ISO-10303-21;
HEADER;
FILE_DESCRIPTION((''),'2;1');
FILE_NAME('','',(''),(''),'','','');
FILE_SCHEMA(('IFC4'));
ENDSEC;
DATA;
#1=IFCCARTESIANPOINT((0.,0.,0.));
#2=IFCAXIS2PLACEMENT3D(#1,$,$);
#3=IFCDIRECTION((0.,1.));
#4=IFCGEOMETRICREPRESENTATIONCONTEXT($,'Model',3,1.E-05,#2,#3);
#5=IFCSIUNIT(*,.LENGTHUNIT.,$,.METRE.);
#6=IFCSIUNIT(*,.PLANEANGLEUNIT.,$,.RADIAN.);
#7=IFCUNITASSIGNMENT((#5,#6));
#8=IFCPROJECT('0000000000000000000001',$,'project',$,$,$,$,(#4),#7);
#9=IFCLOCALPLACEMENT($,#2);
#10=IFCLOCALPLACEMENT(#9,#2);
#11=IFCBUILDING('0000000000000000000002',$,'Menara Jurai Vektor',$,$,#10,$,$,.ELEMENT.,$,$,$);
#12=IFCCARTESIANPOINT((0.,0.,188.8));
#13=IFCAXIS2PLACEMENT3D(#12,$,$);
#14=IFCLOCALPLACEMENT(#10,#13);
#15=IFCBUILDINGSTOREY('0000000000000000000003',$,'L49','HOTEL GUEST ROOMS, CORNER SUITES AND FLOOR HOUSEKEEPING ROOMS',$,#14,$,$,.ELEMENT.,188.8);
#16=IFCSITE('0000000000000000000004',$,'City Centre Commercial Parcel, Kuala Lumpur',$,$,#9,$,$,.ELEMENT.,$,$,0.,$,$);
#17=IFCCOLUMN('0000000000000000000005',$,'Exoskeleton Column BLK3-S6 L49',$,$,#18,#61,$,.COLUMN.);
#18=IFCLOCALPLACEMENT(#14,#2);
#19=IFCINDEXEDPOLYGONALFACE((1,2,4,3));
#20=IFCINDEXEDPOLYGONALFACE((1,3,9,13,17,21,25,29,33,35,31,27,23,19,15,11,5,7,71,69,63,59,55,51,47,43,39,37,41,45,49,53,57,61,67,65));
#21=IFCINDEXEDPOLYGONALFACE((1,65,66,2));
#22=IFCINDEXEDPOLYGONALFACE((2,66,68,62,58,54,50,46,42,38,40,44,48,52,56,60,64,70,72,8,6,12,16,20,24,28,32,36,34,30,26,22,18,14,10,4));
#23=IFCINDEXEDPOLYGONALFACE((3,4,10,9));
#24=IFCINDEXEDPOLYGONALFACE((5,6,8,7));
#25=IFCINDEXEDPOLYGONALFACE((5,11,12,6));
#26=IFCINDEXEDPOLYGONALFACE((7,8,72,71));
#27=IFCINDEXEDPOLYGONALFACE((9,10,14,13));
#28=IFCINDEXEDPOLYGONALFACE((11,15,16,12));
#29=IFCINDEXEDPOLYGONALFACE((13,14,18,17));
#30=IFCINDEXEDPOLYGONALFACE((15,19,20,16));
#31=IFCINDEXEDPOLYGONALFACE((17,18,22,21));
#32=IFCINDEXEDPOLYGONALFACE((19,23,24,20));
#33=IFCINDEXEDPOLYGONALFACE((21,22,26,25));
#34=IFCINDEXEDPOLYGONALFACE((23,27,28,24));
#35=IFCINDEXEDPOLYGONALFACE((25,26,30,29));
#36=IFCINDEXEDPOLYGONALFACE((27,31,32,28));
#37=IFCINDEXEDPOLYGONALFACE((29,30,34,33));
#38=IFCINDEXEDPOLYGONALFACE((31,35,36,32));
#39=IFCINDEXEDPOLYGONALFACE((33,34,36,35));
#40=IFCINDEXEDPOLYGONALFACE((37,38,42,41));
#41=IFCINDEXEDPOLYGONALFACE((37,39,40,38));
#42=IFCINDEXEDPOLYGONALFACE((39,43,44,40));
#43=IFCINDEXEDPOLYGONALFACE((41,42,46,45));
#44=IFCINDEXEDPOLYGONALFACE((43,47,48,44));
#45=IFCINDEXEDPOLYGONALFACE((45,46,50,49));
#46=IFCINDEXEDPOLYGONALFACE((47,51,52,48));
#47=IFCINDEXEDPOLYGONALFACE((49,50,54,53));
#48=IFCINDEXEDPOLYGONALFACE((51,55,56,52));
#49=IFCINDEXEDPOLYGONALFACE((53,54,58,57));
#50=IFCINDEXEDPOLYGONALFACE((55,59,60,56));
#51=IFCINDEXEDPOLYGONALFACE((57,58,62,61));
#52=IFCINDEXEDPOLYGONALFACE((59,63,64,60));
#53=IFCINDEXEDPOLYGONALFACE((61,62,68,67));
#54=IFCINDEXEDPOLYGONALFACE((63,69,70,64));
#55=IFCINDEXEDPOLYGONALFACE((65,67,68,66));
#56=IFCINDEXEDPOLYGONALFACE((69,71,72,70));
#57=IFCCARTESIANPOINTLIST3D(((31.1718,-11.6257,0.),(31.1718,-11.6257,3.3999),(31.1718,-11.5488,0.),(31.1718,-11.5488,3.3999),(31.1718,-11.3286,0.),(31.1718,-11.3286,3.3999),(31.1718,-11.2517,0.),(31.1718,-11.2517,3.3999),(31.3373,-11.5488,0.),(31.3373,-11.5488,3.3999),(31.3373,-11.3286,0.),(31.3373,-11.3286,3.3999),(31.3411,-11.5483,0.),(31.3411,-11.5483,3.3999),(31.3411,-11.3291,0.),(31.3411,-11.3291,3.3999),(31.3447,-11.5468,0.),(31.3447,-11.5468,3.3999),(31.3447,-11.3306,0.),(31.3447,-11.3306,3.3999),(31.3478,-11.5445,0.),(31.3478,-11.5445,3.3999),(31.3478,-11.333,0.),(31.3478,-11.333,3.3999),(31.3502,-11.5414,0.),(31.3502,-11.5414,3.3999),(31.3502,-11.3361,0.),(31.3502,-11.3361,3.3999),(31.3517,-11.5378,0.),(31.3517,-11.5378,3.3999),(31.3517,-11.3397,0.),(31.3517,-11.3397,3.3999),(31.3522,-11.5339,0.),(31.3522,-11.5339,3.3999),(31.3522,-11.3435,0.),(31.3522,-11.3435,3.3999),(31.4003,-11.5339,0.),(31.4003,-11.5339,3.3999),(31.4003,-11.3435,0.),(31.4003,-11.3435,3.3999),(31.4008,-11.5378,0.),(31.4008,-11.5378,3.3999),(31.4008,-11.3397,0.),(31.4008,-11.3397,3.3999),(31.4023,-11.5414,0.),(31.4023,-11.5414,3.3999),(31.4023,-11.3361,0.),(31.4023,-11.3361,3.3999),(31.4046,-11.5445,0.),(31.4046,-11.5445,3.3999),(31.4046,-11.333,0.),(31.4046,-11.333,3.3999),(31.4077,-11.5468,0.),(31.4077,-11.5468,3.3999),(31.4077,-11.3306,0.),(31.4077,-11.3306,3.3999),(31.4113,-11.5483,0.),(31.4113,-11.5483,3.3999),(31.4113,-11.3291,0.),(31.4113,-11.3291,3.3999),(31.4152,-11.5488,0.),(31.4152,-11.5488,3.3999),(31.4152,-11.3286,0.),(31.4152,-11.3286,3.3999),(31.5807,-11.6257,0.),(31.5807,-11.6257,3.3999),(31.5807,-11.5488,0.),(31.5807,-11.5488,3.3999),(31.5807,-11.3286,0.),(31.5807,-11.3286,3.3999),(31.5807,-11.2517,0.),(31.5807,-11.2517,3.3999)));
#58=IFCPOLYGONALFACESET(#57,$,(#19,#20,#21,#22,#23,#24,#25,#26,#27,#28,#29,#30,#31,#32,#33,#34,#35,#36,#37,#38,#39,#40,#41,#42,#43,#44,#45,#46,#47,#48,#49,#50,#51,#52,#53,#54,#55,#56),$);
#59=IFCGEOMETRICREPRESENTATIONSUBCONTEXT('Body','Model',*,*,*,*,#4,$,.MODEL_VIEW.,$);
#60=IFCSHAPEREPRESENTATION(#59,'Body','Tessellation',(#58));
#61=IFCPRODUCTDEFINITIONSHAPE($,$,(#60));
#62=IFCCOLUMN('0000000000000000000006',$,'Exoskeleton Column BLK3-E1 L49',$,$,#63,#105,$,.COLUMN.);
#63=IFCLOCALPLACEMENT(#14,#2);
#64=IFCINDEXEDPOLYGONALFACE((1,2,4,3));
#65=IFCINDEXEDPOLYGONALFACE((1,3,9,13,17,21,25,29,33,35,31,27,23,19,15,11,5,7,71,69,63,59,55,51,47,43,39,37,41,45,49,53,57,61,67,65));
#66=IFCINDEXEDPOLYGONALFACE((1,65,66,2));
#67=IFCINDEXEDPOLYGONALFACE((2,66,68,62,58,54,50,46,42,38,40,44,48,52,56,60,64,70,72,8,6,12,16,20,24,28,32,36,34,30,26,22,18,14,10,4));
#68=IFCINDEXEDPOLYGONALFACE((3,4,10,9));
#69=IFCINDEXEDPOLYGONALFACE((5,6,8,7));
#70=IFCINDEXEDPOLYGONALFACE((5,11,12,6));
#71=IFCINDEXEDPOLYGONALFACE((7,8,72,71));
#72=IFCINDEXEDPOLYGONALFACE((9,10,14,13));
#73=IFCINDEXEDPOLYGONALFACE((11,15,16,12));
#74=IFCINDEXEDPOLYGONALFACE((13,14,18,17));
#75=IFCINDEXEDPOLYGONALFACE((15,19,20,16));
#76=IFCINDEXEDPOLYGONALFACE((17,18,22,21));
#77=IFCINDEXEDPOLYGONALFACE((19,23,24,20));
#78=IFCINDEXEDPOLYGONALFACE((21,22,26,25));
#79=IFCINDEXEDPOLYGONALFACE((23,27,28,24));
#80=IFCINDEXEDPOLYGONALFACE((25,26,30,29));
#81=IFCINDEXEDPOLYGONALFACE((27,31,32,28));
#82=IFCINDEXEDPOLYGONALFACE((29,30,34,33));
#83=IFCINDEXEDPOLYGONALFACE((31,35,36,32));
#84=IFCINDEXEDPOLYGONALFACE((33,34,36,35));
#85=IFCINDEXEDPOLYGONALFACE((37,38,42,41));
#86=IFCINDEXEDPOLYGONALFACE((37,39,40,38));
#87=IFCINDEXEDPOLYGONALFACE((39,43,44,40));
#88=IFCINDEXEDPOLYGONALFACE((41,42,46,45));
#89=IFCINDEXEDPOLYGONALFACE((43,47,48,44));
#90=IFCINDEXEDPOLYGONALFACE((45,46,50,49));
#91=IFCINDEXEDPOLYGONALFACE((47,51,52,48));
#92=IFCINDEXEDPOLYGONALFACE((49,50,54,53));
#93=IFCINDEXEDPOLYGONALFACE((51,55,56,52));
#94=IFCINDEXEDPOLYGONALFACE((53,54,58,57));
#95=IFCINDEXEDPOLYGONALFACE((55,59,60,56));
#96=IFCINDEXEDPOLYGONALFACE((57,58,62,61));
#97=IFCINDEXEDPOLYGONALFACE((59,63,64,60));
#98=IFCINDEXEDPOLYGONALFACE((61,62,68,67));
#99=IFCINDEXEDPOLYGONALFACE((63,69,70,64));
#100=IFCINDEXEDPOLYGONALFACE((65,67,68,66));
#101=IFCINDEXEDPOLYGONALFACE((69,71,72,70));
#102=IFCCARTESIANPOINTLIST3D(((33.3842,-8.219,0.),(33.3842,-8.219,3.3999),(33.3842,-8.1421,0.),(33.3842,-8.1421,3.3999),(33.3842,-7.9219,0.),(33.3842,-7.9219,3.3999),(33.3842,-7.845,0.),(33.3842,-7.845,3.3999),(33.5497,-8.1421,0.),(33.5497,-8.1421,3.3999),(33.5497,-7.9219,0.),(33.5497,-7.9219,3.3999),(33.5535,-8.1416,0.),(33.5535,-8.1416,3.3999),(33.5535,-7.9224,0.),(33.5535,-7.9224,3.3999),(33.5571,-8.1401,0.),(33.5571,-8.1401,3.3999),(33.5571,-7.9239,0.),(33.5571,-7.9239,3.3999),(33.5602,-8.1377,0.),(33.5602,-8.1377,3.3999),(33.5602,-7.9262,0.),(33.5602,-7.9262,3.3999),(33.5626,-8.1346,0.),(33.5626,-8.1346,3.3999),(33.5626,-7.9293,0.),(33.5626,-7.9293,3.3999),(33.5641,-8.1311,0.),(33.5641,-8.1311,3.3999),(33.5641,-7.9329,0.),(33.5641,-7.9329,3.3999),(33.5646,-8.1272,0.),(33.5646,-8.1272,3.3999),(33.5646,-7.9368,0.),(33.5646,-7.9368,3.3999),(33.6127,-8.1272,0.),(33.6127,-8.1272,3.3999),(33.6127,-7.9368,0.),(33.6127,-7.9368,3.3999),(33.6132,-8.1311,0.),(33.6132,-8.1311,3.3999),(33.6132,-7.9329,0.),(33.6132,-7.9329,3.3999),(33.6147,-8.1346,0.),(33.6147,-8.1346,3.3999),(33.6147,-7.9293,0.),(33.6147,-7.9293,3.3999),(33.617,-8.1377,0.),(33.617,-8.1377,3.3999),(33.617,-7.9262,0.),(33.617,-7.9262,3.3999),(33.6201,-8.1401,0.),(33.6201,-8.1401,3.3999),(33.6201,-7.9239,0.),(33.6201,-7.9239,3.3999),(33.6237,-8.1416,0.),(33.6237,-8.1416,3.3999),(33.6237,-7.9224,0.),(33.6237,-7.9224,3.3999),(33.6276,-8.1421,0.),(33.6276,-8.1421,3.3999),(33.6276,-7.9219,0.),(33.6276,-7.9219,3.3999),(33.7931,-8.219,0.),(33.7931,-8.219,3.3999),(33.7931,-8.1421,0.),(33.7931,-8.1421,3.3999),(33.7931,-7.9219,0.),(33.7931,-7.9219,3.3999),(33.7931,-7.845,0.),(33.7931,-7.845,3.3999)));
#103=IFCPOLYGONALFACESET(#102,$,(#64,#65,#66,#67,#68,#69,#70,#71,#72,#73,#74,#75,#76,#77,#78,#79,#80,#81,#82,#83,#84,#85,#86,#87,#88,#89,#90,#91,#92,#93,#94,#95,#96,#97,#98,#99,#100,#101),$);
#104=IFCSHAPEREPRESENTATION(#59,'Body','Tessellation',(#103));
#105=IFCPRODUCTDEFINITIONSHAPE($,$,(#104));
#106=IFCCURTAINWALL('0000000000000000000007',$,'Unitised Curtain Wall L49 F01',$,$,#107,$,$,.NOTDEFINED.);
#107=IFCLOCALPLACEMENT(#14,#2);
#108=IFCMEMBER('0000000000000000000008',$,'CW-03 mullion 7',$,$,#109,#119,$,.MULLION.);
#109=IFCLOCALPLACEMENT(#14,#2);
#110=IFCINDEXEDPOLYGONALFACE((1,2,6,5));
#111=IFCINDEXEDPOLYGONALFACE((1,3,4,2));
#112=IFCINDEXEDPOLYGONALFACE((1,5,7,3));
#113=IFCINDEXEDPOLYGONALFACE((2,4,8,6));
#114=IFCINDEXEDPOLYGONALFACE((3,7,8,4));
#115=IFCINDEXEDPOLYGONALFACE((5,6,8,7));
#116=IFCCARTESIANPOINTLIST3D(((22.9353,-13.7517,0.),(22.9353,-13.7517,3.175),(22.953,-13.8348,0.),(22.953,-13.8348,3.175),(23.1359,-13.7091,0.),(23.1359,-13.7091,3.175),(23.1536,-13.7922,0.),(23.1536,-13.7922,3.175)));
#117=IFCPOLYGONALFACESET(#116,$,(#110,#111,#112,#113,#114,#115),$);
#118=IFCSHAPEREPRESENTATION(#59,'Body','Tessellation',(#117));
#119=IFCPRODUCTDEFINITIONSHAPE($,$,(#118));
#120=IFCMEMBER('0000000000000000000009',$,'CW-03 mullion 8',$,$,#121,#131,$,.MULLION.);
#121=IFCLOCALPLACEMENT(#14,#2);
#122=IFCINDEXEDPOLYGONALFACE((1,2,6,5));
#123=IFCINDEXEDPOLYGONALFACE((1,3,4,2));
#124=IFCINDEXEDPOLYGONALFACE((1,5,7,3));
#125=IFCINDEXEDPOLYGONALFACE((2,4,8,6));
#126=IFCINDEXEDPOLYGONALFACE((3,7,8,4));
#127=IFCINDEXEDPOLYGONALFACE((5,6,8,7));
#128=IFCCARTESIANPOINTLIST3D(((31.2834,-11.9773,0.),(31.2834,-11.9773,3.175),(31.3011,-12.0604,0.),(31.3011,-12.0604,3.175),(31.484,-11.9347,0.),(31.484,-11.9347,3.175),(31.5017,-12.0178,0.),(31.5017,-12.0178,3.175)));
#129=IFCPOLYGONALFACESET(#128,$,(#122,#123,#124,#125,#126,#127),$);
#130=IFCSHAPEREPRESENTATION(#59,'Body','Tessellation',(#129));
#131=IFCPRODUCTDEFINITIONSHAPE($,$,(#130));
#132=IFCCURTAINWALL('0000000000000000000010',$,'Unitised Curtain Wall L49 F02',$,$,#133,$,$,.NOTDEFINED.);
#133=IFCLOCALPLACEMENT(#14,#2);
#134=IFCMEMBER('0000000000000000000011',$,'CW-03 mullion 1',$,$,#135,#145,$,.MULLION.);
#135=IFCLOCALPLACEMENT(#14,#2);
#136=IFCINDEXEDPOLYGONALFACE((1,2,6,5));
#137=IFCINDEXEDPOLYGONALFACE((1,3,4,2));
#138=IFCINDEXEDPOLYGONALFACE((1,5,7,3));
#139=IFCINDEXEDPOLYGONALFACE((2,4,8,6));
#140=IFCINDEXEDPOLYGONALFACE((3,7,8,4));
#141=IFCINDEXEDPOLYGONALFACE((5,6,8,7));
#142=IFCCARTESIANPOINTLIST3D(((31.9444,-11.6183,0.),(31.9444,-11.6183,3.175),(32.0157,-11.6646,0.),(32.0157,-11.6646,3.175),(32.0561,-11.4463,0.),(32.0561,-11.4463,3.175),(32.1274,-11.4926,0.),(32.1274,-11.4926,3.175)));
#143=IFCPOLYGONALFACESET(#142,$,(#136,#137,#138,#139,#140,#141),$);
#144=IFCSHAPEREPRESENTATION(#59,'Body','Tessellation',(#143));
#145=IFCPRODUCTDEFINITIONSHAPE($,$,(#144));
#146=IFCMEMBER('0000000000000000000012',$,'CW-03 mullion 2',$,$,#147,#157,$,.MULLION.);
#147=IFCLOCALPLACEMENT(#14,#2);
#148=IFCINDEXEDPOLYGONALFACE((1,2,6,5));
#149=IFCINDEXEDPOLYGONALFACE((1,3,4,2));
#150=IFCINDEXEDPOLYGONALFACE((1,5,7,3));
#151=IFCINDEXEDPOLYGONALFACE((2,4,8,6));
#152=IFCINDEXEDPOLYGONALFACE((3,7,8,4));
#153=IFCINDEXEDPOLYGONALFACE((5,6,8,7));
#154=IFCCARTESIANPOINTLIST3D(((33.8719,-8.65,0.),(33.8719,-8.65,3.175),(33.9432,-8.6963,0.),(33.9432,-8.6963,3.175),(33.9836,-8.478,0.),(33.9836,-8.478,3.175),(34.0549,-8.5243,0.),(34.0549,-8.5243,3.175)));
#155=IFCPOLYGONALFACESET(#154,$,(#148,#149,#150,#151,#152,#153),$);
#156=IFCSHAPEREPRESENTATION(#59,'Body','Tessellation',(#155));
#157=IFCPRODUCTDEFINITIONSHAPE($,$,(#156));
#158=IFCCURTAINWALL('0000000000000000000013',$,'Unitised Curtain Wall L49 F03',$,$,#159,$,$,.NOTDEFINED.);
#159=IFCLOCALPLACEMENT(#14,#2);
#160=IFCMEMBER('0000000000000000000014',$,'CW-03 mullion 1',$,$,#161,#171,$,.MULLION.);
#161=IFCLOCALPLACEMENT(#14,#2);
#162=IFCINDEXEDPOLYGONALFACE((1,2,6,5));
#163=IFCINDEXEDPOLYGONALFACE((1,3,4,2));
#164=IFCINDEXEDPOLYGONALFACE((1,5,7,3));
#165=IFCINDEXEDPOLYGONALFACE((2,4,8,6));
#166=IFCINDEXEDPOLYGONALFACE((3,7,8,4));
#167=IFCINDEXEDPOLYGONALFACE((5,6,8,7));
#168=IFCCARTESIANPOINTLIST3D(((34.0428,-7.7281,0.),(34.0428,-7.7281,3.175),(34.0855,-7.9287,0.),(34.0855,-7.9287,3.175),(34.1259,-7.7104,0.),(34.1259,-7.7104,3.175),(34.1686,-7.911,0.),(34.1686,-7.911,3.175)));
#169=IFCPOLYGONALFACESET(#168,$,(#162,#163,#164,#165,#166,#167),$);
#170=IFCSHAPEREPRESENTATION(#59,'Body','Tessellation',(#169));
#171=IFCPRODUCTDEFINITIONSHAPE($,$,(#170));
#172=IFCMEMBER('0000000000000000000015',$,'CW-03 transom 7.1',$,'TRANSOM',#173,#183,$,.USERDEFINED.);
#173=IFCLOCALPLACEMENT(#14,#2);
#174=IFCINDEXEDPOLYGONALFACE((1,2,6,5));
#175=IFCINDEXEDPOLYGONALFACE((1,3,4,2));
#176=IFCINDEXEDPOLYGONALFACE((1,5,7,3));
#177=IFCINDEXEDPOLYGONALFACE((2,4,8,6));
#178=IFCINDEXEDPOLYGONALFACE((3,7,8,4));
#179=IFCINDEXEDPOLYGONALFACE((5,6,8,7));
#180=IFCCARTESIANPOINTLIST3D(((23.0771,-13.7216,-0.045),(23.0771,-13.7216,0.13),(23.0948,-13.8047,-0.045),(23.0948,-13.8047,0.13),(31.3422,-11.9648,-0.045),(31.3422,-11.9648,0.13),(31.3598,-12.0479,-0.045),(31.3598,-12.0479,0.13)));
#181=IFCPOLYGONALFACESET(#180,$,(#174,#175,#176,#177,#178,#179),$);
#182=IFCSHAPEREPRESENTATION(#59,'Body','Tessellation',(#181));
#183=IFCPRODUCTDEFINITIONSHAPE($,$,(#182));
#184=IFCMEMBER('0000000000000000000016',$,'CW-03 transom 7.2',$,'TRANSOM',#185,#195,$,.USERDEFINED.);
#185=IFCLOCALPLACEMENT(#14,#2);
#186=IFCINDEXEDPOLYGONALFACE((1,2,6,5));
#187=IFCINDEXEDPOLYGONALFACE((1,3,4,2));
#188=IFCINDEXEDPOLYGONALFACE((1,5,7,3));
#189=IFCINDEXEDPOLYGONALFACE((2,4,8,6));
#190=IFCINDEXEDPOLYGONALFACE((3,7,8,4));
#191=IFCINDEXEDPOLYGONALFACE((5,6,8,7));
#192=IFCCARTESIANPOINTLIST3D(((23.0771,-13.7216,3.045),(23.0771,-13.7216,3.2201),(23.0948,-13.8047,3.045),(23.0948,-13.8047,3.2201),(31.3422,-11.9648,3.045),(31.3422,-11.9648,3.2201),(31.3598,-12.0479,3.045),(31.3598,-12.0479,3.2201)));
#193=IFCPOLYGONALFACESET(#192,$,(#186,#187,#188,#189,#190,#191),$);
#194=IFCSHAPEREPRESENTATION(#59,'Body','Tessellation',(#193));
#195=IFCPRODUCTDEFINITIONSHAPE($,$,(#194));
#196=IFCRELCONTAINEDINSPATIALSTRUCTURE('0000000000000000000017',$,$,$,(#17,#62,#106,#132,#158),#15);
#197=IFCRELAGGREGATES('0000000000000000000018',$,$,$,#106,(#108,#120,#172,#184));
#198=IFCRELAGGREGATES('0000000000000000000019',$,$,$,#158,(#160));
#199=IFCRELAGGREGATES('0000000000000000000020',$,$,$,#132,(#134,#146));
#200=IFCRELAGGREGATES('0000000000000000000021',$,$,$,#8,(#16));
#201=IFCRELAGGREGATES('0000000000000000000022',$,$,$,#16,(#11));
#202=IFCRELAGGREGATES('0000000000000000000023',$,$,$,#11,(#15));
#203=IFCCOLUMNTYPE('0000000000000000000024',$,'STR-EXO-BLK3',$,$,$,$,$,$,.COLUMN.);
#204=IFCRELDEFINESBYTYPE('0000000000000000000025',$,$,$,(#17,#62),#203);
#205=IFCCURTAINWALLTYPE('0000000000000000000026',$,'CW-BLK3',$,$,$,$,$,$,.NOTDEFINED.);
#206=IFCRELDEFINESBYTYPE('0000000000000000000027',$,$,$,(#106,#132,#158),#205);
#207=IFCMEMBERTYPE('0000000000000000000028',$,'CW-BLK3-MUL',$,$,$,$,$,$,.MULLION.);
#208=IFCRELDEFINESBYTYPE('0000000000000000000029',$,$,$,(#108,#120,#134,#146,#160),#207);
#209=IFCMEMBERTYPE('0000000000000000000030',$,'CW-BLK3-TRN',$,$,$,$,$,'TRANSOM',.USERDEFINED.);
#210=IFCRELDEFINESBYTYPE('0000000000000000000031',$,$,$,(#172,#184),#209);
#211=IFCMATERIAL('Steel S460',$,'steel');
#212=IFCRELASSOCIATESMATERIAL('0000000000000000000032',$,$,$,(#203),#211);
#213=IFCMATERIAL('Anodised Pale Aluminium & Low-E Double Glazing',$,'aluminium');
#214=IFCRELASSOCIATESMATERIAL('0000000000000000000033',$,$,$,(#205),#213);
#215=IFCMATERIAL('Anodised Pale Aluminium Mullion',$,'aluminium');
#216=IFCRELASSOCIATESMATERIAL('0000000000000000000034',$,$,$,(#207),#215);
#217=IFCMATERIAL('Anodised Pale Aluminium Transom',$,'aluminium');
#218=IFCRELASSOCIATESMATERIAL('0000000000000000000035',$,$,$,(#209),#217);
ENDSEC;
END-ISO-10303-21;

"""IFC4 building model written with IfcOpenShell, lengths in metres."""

from ifc_helpers import new_model, si_unit, direction, frame, origin, origin_2d, place, context, subcontext, project, spatial, rectangle, i_section, extrude, material, material_profile, profile_set, type_object, element, aggregate, save


model = new_model("IFC4")

# Units and contexts
model_context = context("Model", 3, precision=1e-05, world=origin(), true_north=direction((0.0, 1.0)))
body_context = subcontext(model_context, "Body", "Model", "MODEL_VIEW")
ifc_project = project(units=[si_unit("LENGTHUNIT", "METRE"), si_unit("PLANEANGLEUNIT", "RADIAN")], contexts=[model_context])

# Site, building, storey
site_placement = place(None, origin())
site = spatial("IfcSite", under=ifc_project, at=site_placement, Name="City Centre Commercial Parcel, Kuala Lumpur", CompositionType="ELEMENT", RefElevation=0.0)
building_placement = place(site_placement, origin())
building = spatial("IfcBuilding", under=site, at=building_placement, Name="Menara Jurai Vektor", CompositionType="ELEMENT")
storey_placement = place(building_placement, frame((0.0, 0.0, 188.8)))
storey = spatial("IfcBuildingStorey", under=building, at=storey_placement, Name="L49", Description="HOTEL GUEST ROOMS, CORNER SUITES AND FLOOR HOUSEKEEPING ROOMS", CompositionType="ELEMENT", Elevation=188.8)

# Columns
ifc_material_1 = material(Name="Steel S460", Category="steel")
ifc_material_profile_1 = material_profile(ifc_material_1, i_section(OverallWidth=0.4089, OverallDepth=0.374, WebThickness=0.0481, FlangeThickness=0.0769, FilletRadius=0.0149, at=origin_2d()), Name="HD 400x634")
ifc_profile_set_1 = profile_set([ifc_material_profile_1], Name="Steel S460")
column_type = type_object("IfcColumnType", Name="STR-EXO-BLK3", PredefinedType="COLUMN", material=ifc_profile_set_1)
for number, where, z_axis, x_axis, name in (
    (1, (31.3762, -11.4387, 0.0), (0.0, 0.0, 1.0), (1.0, 0.0, 0.0), "Exoskeleton Column BLK3-S6 L49"),
    (2, (33.5886, -8.032, 0.0), (0.0, 0.0, 1.0), (1.0, 0.0, 0.0), "Exoskeleton Column BLK3-E1 L49"),
):
    element("IfcColumn", number, at=place(storey_placement, frame(where, z_axis=z_axis, x_axis=x_axis)), inside=storey, type_object=column_type, Name=name, PredefinedType="COLUMN", context=body_context, shape_type="SweptSolid", body=[
        extrude(i_section(OverallWidth=0.4089, OverallDepth=0.374, WebThickness=0.0481, FlangeThickness=0.0769, FilletRadius=0.0149, at=origin_2d()), origin(), (0.0, 0.0, 1.0), 3.3999),
    ])

# Curtain walls, members
ifc_material_2 = material(Name="Anodised Pale Aluminium & Low-E Double Glazing", Category="aluminium")
curtain_wall_type = type_object("IfcCurtainWallType", Name="CW-BLK3", PredefinedType="NOTDEFINED", material=ifc_material_2)
curtain_wall_1_placement = place(storey_placement, origin())
curtain_wall_1 = element("IfcCurtainWall", 3, at=curtain_wall_1_placement, inside=storey, type_object=curtain_wall_type, Name="Unitised Curtain Wall L49 F01", PredefinedType="NOTDEFINED")
ifc_material_3 = material(Name="Anodised Pale Aluminium Mullion", Category="aluminium")
ifc_material_profile_2 = material_profile(ifc_material_3, rectangle(XDim=0.085, YDim=0.2051, at=origin_2d()), Name="ALU MUL 85x205")
ifc_profile_set_2 = profile_set([ifc_material_profile_2], Name="Anodised Pale Aluminium Mullion")
member_type_1 = type_object("IfcMemberType", Name="CW-BLK3-MUL", PredefinedType="MULLION", material=ifc_profile_set_2)
member_1_placement = place(storey_placement, frame((23.0444, -13.772, 0.0), z_axis=(0.0, 0.0, 1.0), x_axis=(-0.207911, 0.978148, 0.0)))
member_1 = element("IfcMember", 4, at=member_1_placement, type_object=member_type_1, Name="CW-03 mullion 7", PredefinedType="MULLION", context=body_context, shape_type="SweptSolid", body=[
    extrude(rectangle(XDim=0.085, YDim=0.2051, at=origin_2d()), origin(), (0.0, 0.0, 1.0), 3.175),
])
member_2_placement = place(storey_placement, frame((31.3926, -11.9976, 0.0), z_axis=(0.0, 0.0, 1.0), x_axis=(-0.207911, 0.978148, 0.0)))
member_2 = element("IfcMember", 5, at=member_2_placement, type_object=member_type_1, Name="CW-03 mullion 8", PredefinedType="MULLION", context=body_context, shape_type="SweptSolid", body=[
    extrude(rectangle(XDim=0.085, YDim=0.2051, at=origin_2d()), origin(), (0.0, 0.0, 1.0), 3.175),
])
curtain_wall_2_placement = place(storey_placement, origin())
curtain_wall_2 = element("IfcCurtainWall", 6, at=curtain_wall_2_placement, inside=storey, type_object=curtain_wall_type, Name="Unitised Curtain Wall L49 F02", PredefinedType="NOTDEFINED")
member_3_placement = place(storey_placement, frame((32.0359, -11.5554, 0.0), z_axis=(0.0, 0.0, 1.0), x_axis=(-0.838684, 0.544618, 0.0)))
member_3 = element("IfcMember", 7, at=member_3_placement, type_object=member_type_1, Name="CW-03 mullion 1", PredefinedType="MULLION", context=body_context, shape_type="SweptSolid", body=[
    extrude(rectangle(XDim=0.085, YDim=0.2051, at=origin_2d()), origin(), (0.0, 0.0, 1.0), 3.175),
])
member_4_placement = place(storey_placement, frame((33.9634, -8.5872, 0.0), z_axis=(0.0, 0.0, 1.0), x_axis=(-0.838684, 0.544618, 0.0)))
member_4 = element("IfcMember", 8, at=member_4_placement, type_object=member_type_1, Name="CW-03 mullion 2", PredefinedType="MULLION", context=body_context, shape_type="SweptSolid", body=[
    extrude(rectangle(XDim=0.085, YDim=0.2051, at=origin_2d()), origin(), (0.0, 0.0, 1.0), 3.175),
])

# Curtain wall, member
curtain_wall_3_placement = place(storey_placement, origin())
curtain_wall_3 = element("IfcCurtainWall", 9, at=curtain_wall_3_placement, inside=storey, type_object=curtain_wall_type, Name="Unitised Curtain Wall L49 F03", PredefinedType="NOTDEFINED")
member_5_placement = place(storey_placement, frame((34.1057, -7.8196, 0.0), z_axis=(0.0, 0.0, 1.0), x_axis=(-0.978148, -0.20791, 0.0)))
member_5 = element("IfcMember", 10, at=member_5_placement, type_object=member_type_1, Name="CW-03 mullion 1", PredefinedType="MULLION", context=body_context, shape_type="SweptSolid", body=[
    extrude(rectangle(XDim=0.085, YDim=0.2051, at=origin_2d()), origin(), (0.0, 0.0, 1.0), 3.175),
])

# Members
ifc_material_4 = material(Name="Anodised Pale Aluminium Transom", Category="aluminium")
ifc_material_profile_3 = material_profile(ifc_material_4, rectangle(XDim=0.085, YDim=0.175, at=origin_2d()), Name="ALU TRN 85x175")
ifc_profile_set_3 = profile_set([ifc_material_profile_3], Name="Anodised Pale Aluminium Transom")
member_type_2 = type_object("IfcMemberType", Name="CW-BLK3-TRN", ElementType="TRANSOM", PredefinedType="USERDEFINED", material=ifc_profile_set_3)
member_6_placement = place(storey_placement, frame((23.0859, -13.7632, 0.0425), z_axis=(0.978147, 0.207915, 0.0), x_axis=(-0.207915, 0.978147, 0.0)))
member_6 = element("IfcMember", 11, at=member_6_placement, type_object=member_type_2, Name="CW-03 transom 7.1", ObjectType="TRANSOM", PredefinedType="USERDEFINED", context=body_context, shape_type="SweptSolid", body=[
    extrude(rectangle(XDim=0.085, YDim=0.175, at=origin_2d()), origin(), (0.0, 0.0, 1.0), 8.4497),
])
member_7_placement = place(storey_placement, frame((23.0859, -13.7632, 3.1326), z_axis=(0.978147, 0.207915, 0.0), x_axis=(-0.207915, 0.978147, 0.0)))
member_7 = element("IfcMember", 12, at=member_7_placement, type_object=member_type_2, Name="CW-03 transom 7.2", ObjectType="TRANSOM", PredefinedType="USERDEFINED", context=body_context, shape_type="SweptSolid", body=[
    extrude(rectangle(XDim=0.085, YDim=0.175, at=origin_2d()), origin(), (0.0, 0.0, 1.0), 8.4497),
])

aggregate(curtain_wall_1, [member_1, member_2, member_6, member_7])
aggregate(curtain_wall_3, [member_5])
aggregate(curtain_wall_2, [member_3, member_4])

save(model, "model.ifc")
